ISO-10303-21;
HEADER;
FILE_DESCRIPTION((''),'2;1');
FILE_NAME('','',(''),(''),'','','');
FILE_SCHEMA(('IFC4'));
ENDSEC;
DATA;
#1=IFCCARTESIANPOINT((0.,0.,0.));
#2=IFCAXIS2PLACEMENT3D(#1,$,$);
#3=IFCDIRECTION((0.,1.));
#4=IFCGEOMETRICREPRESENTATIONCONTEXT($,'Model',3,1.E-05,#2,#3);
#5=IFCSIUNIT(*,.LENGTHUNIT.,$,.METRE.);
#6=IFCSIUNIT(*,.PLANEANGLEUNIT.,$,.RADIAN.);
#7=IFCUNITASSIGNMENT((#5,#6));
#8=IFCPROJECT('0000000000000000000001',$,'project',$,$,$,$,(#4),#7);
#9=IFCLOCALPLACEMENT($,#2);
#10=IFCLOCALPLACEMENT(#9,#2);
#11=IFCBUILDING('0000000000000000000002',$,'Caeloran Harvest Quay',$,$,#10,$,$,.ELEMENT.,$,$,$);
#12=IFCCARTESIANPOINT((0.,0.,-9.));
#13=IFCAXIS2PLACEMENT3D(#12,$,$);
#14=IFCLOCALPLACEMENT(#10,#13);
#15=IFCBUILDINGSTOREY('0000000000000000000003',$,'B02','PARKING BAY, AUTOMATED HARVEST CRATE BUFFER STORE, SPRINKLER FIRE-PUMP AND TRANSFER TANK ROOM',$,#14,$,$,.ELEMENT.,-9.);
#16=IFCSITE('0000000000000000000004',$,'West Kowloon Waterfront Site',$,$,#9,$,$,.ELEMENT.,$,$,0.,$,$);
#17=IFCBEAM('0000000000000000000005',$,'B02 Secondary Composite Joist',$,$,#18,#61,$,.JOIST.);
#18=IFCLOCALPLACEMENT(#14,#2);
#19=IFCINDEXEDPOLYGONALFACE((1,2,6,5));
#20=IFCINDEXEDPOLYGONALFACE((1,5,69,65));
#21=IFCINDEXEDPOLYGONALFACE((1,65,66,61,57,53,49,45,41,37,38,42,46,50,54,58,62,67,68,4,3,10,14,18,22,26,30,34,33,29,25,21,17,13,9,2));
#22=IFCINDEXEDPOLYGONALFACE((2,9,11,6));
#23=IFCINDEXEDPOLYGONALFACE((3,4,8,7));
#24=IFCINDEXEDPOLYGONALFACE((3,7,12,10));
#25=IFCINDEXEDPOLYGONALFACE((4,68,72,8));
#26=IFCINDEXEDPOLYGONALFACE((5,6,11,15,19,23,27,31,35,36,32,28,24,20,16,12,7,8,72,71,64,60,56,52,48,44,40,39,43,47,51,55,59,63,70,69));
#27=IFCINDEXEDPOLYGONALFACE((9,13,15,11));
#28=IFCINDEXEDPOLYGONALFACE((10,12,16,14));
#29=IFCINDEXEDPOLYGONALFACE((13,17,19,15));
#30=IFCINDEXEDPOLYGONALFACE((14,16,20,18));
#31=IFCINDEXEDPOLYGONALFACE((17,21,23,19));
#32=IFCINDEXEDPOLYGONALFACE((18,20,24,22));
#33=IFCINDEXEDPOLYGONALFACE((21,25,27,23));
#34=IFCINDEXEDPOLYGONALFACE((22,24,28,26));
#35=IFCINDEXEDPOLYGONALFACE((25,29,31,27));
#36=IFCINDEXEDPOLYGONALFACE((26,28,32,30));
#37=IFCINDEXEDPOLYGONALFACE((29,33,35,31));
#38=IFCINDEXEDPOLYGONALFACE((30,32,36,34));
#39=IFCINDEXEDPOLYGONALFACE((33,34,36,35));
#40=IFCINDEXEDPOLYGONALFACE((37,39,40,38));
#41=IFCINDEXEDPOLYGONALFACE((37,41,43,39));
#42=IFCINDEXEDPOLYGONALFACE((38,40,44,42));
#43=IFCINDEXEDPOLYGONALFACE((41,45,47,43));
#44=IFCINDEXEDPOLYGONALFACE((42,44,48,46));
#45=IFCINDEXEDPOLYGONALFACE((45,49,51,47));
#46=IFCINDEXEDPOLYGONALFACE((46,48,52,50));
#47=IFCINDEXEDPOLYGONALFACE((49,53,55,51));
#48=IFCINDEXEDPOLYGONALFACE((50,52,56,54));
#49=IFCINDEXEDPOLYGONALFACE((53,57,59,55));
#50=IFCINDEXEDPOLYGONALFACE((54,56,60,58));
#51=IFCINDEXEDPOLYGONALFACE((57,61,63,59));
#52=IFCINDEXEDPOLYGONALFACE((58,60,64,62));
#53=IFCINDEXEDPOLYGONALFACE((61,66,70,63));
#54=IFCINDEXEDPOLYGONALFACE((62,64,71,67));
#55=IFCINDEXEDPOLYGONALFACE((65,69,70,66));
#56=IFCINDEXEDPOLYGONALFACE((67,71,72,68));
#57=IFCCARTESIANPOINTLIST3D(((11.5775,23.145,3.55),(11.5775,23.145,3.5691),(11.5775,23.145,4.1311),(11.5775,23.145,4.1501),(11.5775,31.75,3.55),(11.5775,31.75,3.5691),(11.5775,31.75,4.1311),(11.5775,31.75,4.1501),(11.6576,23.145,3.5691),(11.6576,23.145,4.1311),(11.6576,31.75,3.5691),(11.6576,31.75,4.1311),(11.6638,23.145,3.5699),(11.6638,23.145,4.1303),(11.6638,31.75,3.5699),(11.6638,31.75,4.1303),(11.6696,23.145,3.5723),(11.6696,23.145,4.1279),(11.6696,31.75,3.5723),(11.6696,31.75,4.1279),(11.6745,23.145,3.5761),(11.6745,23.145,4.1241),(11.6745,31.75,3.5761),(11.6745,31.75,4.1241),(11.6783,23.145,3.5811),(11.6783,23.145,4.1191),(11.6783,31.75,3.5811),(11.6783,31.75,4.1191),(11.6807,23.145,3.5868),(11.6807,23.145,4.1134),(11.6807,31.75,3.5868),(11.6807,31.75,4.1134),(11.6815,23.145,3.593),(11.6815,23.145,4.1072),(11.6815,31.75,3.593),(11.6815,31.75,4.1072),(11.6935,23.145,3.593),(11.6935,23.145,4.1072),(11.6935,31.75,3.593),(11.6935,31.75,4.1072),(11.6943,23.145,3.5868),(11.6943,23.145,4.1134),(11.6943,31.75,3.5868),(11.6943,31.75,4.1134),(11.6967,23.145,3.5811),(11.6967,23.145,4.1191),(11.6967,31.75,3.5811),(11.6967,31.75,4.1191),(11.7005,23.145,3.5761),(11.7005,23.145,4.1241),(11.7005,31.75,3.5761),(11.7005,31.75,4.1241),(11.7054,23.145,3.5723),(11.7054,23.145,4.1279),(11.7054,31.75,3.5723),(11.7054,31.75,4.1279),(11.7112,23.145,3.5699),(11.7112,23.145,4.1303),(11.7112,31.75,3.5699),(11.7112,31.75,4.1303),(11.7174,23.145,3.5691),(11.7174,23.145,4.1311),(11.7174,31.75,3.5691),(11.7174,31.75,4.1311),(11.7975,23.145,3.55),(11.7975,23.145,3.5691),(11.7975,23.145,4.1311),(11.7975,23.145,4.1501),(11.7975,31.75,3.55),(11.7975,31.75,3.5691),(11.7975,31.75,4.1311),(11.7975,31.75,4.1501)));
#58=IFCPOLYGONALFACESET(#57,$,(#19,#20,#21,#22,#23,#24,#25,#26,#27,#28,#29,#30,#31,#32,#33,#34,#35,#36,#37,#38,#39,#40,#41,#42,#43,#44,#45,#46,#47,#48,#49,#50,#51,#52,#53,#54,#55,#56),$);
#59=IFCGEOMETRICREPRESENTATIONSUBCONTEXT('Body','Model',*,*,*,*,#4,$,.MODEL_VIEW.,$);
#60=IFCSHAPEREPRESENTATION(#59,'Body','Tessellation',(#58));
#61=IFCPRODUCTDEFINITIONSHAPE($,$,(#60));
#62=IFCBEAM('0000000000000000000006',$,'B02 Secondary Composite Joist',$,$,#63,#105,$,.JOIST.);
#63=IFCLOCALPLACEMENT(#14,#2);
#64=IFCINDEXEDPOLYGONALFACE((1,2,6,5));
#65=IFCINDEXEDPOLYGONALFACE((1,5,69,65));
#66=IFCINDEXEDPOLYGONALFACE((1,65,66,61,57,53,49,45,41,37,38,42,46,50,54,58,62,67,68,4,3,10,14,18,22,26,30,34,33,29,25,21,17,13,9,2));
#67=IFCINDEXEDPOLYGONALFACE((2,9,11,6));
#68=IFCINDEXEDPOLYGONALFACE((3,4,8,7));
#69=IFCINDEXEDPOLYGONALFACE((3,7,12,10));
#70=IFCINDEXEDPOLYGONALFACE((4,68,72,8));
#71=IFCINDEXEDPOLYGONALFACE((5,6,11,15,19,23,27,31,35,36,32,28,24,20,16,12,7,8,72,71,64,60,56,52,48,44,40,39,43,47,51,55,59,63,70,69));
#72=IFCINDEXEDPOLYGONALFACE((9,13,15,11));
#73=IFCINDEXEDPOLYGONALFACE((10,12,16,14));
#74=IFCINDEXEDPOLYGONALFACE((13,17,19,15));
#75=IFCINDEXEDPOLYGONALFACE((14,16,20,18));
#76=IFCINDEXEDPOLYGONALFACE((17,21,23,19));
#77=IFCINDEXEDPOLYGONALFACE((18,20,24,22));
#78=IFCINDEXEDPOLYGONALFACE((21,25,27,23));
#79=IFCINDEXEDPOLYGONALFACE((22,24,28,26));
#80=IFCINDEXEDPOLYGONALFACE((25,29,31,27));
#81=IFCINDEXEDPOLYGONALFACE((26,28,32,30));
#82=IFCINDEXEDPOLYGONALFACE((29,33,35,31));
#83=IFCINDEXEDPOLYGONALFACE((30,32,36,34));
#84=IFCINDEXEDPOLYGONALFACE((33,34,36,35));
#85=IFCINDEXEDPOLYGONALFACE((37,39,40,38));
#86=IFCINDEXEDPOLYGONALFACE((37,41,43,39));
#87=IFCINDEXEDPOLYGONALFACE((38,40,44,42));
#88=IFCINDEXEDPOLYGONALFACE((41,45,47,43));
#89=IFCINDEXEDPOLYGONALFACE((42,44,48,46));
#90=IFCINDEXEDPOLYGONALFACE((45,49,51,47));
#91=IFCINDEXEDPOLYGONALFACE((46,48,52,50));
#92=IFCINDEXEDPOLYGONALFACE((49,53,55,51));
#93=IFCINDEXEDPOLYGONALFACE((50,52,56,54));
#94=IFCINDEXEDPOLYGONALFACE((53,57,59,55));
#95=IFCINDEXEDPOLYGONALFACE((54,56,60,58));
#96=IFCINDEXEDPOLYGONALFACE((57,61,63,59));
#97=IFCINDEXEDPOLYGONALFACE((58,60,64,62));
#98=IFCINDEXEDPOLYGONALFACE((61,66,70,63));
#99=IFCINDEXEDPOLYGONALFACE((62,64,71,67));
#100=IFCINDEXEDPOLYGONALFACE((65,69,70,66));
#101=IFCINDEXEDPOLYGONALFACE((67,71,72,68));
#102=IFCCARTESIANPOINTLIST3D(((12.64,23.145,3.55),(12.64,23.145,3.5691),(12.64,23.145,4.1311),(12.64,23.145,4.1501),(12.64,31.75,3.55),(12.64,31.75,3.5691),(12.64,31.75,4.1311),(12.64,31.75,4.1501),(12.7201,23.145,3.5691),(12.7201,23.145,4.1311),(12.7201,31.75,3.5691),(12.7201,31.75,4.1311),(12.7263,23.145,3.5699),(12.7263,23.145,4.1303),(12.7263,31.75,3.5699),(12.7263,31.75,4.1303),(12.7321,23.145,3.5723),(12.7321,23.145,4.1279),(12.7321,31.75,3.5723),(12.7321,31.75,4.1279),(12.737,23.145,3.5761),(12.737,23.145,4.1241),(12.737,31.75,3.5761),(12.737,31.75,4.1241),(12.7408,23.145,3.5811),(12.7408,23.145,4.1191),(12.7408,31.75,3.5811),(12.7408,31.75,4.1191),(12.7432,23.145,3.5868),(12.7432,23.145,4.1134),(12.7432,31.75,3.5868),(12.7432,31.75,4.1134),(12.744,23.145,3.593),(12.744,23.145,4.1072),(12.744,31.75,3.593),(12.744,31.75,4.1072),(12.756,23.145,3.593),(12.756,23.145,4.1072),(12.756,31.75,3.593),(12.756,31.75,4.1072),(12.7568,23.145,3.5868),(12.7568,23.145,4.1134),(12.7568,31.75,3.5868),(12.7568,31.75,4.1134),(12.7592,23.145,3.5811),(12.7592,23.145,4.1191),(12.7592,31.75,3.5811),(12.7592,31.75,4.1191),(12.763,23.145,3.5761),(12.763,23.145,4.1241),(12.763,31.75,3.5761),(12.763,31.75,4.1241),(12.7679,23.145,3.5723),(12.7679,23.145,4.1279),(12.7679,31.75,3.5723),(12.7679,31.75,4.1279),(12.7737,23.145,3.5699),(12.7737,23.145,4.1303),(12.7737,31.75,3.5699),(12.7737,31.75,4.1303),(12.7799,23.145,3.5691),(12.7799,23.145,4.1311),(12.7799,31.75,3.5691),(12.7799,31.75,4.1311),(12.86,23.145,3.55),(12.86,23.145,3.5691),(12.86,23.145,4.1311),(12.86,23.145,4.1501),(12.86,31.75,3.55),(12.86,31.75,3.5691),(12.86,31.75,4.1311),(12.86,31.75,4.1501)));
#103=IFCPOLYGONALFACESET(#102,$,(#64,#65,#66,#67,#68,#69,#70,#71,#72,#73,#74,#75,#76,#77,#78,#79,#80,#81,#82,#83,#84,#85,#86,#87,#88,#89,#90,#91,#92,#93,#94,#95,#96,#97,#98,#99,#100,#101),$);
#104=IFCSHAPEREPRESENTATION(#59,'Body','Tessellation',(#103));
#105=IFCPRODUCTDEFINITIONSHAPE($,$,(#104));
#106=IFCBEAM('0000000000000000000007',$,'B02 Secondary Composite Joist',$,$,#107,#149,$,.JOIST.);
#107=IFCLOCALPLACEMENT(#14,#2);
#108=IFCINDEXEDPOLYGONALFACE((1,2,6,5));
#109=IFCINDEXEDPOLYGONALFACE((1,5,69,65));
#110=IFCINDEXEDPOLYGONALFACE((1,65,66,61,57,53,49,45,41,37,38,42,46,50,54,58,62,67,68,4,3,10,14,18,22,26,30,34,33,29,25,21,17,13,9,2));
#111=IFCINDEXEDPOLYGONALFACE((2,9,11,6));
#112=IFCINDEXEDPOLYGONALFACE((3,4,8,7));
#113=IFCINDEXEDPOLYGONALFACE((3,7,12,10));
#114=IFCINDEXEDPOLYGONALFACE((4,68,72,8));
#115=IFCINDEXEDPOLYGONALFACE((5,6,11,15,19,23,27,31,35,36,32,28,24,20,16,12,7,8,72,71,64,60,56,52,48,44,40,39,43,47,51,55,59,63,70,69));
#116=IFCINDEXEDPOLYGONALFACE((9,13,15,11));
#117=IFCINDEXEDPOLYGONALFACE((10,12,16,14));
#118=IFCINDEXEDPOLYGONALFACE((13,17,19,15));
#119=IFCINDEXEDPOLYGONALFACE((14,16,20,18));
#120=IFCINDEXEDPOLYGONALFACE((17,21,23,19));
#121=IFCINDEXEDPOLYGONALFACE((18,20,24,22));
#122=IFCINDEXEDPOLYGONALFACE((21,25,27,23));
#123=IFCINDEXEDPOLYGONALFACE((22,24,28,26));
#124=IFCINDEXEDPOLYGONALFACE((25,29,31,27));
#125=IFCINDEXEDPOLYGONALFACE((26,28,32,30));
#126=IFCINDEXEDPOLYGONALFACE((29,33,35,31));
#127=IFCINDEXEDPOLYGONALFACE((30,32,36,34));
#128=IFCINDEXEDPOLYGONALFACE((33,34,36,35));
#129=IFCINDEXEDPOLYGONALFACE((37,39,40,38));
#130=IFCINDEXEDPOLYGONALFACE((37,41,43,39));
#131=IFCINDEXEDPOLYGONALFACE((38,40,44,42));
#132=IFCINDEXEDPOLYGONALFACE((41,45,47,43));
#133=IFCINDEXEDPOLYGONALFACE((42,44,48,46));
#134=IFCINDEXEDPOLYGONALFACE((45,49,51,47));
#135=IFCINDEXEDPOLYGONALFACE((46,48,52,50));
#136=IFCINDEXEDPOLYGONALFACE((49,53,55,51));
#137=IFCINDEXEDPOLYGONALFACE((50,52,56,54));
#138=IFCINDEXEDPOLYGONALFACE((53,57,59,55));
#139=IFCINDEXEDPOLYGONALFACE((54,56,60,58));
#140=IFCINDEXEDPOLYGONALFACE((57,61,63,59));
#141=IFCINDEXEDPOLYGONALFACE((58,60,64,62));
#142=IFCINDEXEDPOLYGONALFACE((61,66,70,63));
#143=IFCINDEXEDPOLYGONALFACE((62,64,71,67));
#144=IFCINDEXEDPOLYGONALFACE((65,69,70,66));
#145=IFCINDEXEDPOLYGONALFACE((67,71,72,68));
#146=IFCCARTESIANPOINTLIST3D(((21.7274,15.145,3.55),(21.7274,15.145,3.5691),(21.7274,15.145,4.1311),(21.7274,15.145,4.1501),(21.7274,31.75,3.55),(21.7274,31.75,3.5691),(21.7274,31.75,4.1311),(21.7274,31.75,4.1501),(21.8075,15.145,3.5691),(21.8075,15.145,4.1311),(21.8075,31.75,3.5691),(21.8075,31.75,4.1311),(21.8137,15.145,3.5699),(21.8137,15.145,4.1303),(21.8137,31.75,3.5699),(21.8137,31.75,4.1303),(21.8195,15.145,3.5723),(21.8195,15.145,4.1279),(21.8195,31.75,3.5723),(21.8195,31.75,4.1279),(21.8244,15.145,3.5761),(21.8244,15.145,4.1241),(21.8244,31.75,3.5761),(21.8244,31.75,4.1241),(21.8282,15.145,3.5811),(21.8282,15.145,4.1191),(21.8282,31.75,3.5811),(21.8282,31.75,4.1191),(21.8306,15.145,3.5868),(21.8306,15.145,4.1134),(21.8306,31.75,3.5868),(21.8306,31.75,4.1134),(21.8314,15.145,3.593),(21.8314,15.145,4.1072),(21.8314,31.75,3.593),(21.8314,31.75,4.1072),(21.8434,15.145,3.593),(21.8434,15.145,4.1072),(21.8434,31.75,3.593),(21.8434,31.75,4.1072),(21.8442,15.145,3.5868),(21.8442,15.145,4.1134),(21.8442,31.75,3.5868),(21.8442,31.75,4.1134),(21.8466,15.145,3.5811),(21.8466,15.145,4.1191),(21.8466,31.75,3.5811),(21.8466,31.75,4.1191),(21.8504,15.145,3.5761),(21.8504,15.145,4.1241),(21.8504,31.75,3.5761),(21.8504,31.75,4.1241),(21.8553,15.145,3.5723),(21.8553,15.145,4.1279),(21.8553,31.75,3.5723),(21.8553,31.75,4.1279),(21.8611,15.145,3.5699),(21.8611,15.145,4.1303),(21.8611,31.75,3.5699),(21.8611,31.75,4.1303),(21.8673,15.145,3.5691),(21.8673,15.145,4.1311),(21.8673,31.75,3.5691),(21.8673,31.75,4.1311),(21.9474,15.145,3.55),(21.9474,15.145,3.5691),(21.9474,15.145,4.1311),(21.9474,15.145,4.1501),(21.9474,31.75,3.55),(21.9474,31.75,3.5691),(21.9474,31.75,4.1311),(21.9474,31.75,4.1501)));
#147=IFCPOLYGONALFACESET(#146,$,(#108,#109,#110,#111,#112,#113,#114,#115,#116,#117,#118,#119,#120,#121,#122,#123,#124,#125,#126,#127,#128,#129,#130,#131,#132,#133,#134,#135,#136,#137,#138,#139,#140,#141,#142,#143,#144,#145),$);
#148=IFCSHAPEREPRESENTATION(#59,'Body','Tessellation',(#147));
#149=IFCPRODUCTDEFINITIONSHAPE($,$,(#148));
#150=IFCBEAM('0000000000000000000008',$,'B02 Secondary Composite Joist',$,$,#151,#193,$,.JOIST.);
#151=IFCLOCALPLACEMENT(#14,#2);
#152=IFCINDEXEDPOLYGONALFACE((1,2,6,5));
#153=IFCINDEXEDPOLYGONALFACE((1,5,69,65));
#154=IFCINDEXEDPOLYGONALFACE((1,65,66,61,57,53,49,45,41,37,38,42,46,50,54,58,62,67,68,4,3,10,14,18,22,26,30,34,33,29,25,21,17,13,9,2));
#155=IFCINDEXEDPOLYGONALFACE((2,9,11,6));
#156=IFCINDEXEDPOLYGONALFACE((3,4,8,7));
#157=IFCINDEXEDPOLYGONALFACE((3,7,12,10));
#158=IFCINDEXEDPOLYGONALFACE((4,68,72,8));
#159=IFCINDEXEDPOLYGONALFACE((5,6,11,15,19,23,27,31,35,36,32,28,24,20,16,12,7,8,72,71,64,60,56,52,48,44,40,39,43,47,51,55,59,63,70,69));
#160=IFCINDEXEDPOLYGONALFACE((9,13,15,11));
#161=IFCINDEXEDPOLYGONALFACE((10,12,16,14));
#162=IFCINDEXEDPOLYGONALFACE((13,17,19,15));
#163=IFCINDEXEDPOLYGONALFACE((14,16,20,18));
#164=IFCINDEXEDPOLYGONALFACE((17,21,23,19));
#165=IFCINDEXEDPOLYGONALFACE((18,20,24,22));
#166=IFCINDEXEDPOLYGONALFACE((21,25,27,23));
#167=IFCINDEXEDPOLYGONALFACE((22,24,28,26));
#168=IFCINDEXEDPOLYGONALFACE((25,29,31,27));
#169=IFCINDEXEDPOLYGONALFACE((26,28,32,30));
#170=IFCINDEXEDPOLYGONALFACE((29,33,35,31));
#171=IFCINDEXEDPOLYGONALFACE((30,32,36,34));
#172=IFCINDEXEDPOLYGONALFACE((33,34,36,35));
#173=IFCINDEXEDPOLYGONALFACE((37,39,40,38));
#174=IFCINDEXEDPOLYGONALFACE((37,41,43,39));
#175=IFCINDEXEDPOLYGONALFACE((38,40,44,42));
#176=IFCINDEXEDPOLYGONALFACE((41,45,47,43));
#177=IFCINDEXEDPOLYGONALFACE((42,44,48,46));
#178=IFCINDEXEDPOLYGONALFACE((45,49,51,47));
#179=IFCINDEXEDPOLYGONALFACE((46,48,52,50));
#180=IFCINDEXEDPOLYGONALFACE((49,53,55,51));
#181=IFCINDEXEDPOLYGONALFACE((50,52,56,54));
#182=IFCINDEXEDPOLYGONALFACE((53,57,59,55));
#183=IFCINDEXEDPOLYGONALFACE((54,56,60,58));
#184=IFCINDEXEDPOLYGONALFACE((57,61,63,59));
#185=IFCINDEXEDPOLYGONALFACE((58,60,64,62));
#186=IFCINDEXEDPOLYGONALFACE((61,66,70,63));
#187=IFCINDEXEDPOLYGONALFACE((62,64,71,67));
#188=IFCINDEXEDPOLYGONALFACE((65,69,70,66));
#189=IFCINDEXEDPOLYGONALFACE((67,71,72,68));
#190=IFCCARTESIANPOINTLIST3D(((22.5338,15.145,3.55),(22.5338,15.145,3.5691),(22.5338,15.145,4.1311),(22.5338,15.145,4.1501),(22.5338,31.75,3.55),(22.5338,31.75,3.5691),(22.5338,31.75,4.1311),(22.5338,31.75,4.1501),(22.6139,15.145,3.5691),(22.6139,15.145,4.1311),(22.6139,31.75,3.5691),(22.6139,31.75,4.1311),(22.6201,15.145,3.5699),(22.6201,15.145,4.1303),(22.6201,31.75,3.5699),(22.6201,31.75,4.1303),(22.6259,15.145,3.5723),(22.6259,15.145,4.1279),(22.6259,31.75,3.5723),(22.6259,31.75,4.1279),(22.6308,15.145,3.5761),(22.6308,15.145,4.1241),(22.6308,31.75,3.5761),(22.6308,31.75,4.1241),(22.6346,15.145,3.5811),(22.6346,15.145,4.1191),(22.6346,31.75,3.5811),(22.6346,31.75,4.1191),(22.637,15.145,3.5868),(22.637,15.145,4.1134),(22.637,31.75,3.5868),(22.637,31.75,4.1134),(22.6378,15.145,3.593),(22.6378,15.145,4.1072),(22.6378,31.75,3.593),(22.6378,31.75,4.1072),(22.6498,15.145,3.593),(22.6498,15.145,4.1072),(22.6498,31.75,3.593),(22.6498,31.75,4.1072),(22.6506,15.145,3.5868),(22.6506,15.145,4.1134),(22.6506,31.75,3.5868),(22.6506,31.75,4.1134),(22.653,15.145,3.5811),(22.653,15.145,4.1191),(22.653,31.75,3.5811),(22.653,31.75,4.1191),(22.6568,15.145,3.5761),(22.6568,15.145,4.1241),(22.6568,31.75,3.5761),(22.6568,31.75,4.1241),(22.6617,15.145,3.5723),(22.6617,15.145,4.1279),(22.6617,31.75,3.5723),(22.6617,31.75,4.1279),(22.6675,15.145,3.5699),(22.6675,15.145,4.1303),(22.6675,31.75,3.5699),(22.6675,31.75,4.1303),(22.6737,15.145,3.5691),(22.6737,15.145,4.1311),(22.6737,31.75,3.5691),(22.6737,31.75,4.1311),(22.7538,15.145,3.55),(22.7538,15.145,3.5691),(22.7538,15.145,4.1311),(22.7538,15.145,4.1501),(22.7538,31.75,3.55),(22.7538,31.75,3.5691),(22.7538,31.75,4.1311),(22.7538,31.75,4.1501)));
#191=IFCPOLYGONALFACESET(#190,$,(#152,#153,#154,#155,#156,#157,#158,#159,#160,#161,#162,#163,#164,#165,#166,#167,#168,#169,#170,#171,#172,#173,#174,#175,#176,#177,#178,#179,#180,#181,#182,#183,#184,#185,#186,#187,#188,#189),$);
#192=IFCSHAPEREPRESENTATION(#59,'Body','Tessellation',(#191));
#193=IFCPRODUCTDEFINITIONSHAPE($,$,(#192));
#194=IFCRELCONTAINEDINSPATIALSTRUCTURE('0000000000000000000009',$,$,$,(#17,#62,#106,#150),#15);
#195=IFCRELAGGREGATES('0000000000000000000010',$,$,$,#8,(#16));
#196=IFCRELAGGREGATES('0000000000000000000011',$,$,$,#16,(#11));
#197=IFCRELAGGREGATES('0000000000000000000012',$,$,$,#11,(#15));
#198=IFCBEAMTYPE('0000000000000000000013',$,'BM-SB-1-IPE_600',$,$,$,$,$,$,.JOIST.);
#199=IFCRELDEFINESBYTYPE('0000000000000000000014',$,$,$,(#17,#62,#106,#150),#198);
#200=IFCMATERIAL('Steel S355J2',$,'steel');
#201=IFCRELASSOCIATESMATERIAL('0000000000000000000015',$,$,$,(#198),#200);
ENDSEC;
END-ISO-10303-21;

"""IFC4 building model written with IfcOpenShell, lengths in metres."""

from ifc_helpers import new_model, si_unit, direction, frame, origin, origin_2d, place, context, subcontext, project, spatial, i_section, extrude, material, material_profile, profile_set, type_object, element, save


model = new_model("IFC4")

# Units and contexts
model_context = context("Model", 3, precision=1e-05, world=origin(), true_north=direction((0.0, 1.0)))
body_context = subcontext(model_context, "Body", "Model", "MODEL_VIEW")
ifc_project = project(units=[si_unit("LENGTHUNIT", "METRE"), si_unit("PLANEANGLEUNIT", "RADIAN")], contexts=[model_context])

# Site, building, storey
site_placement = place(None, origin())
site = spatial("IfcSite", under=ifc_project, at=site_placement, Name="West Kowloon Waterfront Site", CompositionType="ELEMENT", RefElevation=0.0)
building_placement = place(site_placement, origin())
building = spatial("IfcBuilding", under=site, at=building_placement, Name="Caeloran Harvest Quay", CompositionType="ELEMENT")
storey_placement = place(building_placement, frame((0.0, 0.0, -9.0)))
storey = spatial("IfcBuildingStorey", under=building, at=storey_placement, Name="B02", Description="PARKING BAY, AUTOMATED HARVEST CRATE BUFFER STORE, SPRINKLER FIRE-PUMP AND TRANSFER TANK ROOM", CompositionType="ELEMENT", Elevation=-9.0)

# Beams
ifc_material_1 = material(Name="Steel S355J2", Category="steel")
ifc_material_profile_1 = material_profile(ifc_material_1, i_section(OverallWidth=0.22, OverallDepth=0.6001, WebThickness=0.012, FlangeThickness=0.019, FilletRadius=0.0239, at=origin_2d()), Name="IPE 600")
ifc_profile_set_1 = profile_set([ifc_material_profile_1], Name="Steel S355J2")
beam_type_1 = type_object("IfcBeamType", Name="BM-SB-1-IPE_600", PredefinedType="JOIST", material=ifc_profile_set_1)
for number, where, z_axis, x_axis, name in (
    (1, (11.6875, 23.145, 3.8501), (0.0, 1.0, 0.0), (-1.0, 0.0, 0.0), "B02 Secondary Composite Joist"),
    (2, (12.75, 23.145, 3.8501), (0.0, 1.0, 0.0), (-1.0, 0.0, 0.0), "B02 Secondary Composite Joist"),
):
    element("IfcBeam", number, at=place(storey_placement, frame(where, z_axis=z_axis, x_axis=x_axis)), inside=storey, type_object=beam_type_1, Name=name, PredefinedType="JOIST", context=body_context, shape_type="SweptSolid", body=[
        extrude(i_section(OverallWidth=0.22, OverallDepth=0.6001, WebThickness=0.012, FlangeThickness=0.019, FilletRadius=0.0239, at=origin_2d()), origin(), (0.0, 0.0, 1.0), 8.605),
    ])
for number, where, z_axis, x_axis, name in (
    (3, (21.8374, 15.145, 3.8501), (0.0, 1.0, 0.0), (-1.0, 0.0, 0.0), "B02 Secondary Composite Joist"),
    (4, (22.6438, 15.145, 3.8501), (0.0, 1.0, 0.0), (-1.0, 0.0, 0.0), "B02 Secondary Composite Joist"),
):
    element("IfcBeam", number, at=place(storey_placement, frame(where, z_axis=z_axis, x_axis=x_axis)), inside=storey, type_object=beam_type_1, Name=name, PredefinedType="JOIST", context=body_context, shape_type="SweptSolid", body=[
        extrude(i_section(OverallWidth=0.22, OverallDepth=0.6001, WebThickness=0.012, FlangeThickness=0.019, FilletRadius=0.0239, at=origin_2d()), origin(), (0.0, 0.0, 1.0), 16.605),
    ])

save(model, "model.ifc")
